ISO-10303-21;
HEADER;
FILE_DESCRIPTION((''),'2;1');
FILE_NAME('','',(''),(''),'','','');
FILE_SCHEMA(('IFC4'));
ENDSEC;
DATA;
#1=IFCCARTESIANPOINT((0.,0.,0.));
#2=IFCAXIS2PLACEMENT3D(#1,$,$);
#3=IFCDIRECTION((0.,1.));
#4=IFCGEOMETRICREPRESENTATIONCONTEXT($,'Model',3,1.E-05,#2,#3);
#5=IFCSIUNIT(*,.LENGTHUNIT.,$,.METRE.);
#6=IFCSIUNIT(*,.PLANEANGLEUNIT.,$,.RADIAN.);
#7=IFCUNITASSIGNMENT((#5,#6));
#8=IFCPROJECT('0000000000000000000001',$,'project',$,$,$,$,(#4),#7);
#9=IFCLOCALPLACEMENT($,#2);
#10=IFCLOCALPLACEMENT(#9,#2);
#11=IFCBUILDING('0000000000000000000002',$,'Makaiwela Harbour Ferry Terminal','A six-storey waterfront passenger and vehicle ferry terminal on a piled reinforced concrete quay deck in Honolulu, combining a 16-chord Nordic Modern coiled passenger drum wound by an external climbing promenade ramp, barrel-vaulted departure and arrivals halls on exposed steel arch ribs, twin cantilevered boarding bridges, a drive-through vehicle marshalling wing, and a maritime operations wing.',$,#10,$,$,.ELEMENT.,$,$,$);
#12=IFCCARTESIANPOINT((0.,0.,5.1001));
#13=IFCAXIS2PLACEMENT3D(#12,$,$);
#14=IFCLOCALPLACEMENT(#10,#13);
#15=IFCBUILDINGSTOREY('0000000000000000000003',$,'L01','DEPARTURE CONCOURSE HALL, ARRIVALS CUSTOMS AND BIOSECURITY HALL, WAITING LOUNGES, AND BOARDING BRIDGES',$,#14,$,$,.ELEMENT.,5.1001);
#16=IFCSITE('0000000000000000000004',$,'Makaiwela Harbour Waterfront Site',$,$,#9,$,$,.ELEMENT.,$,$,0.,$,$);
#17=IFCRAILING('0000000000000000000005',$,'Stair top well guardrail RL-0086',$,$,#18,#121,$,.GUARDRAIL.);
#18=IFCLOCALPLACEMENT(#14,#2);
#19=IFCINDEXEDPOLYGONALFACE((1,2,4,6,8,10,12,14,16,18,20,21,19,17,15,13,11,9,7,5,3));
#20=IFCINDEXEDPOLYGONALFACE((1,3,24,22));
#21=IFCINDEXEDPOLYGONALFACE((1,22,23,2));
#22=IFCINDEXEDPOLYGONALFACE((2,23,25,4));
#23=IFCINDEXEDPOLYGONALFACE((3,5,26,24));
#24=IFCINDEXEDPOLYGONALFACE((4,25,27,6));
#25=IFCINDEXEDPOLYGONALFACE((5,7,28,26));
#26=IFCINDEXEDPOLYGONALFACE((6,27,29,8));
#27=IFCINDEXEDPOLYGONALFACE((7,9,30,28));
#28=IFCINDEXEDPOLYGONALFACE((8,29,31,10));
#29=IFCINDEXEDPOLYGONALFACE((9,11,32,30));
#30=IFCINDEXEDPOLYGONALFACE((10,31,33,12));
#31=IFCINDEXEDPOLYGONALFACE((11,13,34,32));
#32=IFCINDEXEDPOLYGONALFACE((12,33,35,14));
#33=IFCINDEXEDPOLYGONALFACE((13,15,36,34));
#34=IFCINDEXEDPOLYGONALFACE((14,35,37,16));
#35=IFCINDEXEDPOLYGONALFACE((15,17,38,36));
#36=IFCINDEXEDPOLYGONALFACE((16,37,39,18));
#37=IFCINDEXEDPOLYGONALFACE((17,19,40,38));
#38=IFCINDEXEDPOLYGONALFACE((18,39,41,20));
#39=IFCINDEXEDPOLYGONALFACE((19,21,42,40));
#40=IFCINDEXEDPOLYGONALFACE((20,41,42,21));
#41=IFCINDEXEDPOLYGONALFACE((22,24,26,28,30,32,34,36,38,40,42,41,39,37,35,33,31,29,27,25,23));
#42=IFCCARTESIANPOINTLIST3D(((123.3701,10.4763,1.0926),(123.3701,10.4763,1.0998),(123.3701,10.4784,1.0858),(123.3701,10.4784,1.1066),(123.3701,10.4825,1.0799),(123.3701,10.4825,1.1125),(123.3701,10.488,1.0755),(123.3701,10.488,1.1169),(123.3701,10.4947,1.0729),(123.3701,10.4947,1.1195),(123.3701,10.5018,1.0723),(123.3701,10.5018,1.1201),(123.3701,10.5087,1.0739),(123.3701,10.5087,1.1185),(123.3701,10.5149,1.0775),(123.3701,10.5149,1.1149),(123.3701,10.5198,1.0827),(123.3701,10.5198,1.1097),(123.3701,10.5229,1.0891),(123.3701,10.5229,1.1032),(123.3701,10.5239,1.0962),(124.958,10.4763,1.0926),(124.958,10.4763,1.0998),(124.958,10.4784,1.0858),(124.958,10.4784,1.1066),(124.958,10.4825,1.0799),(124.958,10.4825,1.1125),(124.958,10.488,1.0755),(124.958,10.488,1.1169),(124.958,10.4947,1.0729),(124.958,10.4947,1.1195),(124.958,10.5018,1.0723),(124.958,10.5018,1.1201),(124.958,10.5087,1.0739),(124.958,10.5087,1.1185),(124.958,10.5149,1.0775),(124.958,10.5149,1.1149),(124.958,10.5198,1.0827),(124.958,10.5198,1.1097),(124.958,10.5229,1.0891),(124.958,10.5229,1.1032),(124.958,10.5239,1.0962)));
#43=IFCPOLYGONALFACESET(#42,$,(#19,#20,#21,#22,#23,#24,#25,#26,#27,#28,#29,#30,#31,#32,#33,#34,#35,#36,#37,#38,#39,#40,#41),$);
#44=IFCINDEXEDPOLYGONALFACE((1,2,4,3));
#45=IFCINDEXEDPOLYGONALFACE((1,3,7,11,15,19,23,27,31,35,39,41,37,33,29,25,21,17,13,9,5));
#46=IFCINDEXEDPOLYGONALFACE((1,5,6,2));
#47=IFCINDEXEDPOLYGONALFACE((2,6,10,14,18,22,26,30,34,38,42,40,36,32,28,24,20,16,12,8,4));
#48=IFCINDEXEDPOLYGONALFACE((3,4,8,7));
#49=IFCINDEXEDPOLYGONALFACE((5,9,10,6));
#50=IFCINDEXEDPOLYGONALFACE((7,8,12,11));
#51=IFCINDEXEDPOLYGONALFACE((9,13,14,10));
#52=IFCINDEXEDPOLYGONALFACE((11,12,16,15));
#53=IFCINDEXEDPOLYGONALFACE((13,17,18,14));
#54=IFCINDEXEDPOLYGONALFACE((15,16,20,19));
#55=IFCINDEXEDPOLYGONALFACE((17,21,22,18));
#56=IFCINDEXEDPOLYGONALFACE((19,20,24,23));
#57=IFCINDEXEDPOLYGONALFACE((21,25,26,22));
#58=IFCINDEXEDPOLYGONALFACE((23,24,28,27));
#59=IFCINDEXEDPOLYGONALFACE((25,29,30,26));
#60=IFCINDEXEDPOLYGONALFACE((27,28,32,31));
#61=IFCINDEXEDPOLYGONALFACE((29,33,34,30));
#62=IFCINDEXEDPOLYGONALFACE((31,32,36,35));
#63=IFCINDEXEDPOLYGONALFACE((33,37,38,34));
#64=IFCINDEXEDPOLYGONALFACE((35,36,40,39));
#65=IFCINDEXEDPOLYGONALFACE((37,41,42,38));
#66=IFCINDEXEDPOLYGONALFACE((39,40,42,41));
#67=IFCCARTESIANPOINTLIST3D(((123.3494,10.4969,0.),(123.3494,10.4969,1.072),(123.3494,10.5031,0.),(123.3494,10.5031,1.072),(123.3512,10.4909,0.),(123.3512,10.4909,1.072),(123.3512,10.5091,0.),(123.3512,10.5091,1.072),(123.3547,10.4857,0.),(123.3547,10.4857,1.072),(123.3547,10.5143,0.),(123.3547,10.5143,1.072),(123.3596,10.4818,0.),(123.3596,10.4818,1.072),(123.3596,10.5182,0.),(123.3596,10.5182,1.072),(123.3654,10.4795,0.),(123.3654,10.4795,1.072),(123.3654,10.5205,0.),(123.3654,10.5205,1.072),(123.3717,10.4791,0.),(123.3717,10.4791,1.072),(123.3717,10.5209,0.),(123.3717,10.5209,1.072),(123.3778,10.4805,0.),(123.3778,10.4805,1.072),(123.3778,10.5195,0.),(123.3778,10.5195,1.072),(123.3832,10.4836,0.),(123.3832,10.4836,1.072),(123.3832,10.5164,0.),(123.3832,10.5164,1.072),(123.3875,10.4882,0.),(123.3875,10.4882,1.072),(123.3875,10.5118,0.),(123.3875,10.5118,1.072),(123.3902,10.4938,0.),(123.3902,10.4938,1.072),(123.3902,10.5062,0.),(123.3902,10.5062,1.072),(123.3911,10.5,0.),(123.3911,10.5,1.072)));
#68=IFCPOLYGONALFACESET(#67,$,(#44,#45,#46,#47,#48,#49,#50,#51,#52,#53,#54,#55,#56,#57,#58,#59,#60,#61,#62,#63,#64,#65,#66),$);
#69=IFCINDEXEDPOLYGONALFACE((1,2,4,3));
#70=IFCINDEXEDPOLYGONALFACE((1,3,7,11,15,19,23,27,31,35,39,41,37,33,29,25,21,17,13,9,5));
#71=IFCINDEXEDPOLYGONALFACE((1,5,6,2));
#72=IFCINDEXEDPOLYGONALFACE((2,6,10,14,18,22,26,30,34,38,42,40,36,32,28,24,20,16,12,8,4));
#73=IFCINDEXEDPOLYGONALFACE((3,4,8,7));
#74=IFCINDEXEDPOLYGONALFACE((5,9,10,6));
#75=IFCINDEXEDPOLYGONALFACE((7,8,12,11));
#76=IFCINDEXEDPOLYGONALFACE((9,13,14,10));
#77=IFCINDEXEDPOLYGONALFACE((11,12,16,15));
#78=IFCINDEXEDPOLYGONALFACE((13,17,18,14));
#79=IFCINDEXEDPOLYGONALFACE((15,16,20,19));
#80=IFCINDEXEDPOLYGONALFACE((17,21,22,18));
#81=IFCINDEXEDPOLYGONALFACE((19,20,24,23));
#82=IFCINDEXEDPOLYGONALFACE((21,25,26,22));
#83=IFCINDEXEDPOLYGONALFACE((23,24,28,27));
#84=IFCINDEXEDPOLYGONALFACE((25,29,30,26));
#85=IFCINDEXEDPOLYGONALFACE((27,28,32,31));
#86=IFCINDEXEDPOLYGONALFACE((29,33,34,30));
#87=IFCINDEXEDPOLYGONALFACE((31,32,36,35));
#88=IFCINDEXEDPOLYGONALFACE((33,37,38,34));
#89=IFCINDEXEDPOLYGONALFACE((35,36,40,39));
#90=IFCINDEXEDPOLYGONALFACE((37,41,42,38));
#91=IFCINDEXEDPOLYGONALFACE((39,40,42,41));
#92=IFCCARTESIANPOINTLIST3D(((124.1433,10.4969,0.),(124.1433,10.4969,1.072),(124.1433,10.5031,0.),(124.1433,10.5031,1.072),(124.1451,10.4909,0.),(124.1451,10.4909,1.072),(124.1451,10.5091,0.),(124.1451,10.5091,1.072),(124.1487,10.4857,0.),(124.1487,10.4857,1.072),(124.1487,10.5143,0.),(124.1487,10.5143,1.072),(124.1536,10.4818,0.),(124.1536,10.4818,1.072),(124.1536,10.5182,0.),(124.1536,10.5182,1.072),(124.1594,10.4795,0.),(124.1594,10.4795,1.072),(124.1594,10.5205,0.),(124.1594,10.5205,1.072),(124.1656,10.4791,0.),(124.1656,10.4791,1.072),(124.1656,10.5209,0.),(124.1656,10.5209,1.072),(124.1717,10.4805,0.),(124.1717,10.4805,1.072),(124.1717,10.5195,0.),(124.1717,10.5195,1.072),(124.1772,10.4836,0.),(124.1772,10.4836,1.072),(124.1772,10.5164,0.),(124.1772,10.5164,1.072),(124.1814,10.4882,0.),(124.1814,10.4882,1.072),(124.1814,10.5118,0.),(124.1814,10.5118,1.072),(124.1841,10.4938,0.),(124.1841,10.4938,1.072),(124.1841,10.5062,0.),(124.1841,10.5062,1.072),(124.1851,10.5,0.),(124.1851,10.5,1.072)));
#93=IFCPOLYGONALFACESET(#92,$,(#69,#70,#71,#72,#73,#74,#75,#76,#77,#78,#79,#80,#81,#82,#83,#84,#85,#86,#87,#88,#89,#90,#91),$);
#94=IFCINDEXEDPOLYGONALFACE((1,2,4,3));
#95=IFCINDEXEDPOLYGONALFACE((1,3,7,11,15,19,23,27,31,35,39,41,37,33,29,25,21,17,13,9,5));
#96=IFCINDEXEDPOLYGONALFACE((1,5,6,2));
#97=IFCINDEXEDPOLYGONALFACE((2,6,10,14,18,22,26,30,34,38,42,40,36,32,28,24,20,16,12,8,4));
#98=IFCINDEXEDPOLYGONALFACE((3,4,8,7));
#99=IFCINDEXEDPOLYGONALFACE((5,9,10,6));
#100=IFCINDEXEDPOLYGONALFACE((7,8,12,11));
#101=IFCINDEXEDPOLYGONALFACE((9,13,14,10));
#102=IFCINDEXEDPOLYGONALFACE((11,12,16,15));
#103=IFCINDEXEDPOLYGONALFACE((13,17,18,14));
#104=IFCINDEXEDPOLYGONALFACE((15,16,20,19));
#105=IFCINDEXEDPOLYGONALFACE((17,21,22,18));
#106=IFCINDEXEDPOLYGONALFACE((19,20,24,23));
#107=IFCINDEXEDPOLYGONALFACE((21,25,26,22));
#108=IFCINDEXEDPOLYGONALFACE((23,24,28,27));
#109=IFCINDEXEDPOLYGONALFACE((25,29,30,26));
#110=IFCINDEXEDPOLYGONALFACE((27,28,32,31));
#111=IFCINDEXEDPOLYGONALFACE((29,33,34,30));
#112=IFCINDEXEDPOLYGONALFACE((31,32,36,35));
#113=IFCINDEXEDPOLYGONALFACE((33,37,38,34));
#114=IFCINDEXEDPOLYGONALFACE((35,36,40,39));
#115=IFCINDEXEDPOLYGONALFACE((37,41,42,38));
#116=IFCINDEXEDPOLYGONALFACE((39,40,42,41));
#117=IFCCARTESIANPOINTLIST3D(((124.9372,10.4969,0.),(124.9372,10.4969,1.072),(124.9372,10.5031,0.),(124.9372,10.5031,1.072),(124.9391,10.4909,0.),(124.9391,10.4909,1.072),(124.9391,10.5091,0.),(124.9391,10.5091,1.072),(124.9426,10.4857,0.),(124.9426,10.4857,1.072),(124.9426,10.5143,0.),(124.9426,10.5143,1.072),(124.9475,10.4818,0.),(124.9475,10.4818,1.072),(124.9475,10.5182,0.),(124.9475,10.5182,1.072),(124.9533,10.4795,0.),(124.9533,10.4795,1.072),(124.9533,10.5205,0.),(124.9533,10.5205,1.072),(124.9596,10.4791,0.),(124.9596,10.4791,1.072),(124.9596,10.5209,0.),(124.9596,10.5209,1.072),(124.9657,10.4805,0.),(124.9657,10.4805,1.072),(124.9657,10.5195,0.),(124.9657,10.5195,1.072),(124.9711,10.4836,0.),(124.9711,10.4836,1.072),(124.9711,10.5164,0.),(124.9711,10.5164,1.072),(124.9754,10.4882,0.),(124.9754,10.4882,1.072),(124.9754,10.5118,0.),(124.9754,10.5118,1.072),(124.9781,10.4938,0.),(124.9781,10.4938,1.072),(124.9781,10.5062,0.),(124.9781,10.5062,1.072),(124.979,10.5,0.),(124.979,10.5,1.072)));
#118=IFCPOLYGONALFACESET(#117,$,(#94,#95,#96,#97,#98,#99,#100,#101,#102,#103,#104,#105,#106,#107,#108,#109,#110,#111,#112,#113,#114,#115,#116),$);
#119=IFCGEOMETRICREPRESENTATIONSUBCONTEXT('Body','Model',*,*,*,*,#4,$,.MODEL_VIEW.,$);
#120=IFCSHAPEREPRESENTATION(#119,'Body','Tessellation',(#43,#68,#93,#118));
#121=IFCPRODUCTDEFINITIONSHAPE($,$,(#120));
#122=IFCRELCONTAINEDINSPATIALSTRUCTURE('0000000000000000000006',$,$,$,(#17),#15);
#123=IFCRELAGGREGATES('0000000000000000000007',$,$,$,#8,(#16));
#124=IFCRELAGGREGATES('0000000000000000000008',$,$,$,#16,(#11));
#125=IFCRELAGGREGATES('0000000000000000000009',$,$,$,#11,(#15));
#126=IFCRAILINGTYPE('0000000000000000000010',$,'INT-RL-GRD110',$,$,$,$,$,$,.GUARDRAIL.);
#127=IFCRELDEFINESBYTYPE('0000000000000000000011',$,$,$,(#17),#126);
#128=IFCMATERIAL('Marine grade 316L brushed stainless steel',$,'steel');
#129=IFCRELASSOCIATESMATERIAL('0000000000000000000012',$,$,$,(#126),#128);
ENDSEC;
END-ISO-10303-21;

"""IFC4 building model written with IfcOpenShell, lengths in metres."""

from ifc_helpers import new_model, si_unit, direction, frame, origin, origin_2d, place, context, subcontext, project, spatial, circle, extrude, material, type_object, element, save


model = new_model("IFC4")

# Units and contexts
model_context = context("Model", 3, precision=1e-05, world=origin(), true_north=direction((0.0, 1.0)))
body_context = subcontext(model_context, "Body", "Model", "MODEL_VIEW")
ifc_project = project(units=[si_unit("LENGTHUNIT", "METRE"), si_unit("PLANEANGLEUNIT", "RADIAN")], contexts=[model_context])

# Site, building, storey
site_placement = place(None, origin())
site = spatial("IfcSite", under=ifc_project, at=site_placement, Name="Makaiwela Harbour Waterfront Site", CompositionType="ELEMENT", RefElevation=0.0)
building_placement = place(site_placement, origin())
building = spatial("IfcBuilding", under=site, at=building_placement, Name="Makaiwela Harbour Ferry Terminal", Description="A six-storey waterfront passenger and vehicle ferry terminal on a piled reinforced concrete quay deck in Honolulu, combining a 16-chord Nordic Modern coiled passenger drum wound by an external climbing promenade ramp, barrel-vaulted departure and arrivals halls on exposed steel arch ribs, twin cantilevered boarding bridges, a drive-through vehicle marshalling wing, and a maritime operations wing.", CompositionType="ELEMENT")
storey_placement = place(building_placement, frame((0.0, 0.0, 5.1001)))
storey = spatial("IfcBuildingStorey", under=building, at=storey_placement, Name="L01", Description="DEPARTURE CONCOURSE HALL, ARRIVALS CUSTOMS AND BIOSECURITY HALL, WAITING LOUNGES, AND BOARDING BRIDGES", CompositionType="ELEMENT", Elevation=5.1001)

# Shared definitions
ifc_material_1 = material(Name="Marine grade 316L brushed stainless steel", Category="steel")

# Railing
railing_type = type_object("IfcRailingType", Name="INT-RL-GRD110", PredefinedType="GUARDRAIL", material=ifc_material_1)
railing_placement = place(storey_placement, frame((123.3701, 10.5, 0.0)))
element("IfcRailing", 1, at=railing_placement, inside=storey, type_object=railing_type, Name="Stair top well guardrail RL-0086", PredefinedType="GUARDRAIL", context=body_context, shape_type="SweptSolid", body=[
    extrude(circle(Radius=0.0239, at=origin_2d()), frame((0.0, 0.0, 1.0962), z_axis=(1.0, 0.0, 0.0), x_axis=(0.0, 1.0, 0.0)), (0.0, 0.0, 1.0), 1.5879),
    extrude(circle(Radius=0.021, at=origin_2d()), origin(), (0.0, 0.0, 1.0), 1.072),
    extrude(circle(Radius=0.021, at=origin_2d()), frame((0.7939, 0.0, 0.0)), (0.0, 0.0, 1.0), 1.072),
    extrude(circle(Radius=0.021, at=origin_2d()), frame((1.5879, 0.0, 0.0)), (0.0, 0.0, 1.0), 1.072),
])

save(model, "model.ifc")
